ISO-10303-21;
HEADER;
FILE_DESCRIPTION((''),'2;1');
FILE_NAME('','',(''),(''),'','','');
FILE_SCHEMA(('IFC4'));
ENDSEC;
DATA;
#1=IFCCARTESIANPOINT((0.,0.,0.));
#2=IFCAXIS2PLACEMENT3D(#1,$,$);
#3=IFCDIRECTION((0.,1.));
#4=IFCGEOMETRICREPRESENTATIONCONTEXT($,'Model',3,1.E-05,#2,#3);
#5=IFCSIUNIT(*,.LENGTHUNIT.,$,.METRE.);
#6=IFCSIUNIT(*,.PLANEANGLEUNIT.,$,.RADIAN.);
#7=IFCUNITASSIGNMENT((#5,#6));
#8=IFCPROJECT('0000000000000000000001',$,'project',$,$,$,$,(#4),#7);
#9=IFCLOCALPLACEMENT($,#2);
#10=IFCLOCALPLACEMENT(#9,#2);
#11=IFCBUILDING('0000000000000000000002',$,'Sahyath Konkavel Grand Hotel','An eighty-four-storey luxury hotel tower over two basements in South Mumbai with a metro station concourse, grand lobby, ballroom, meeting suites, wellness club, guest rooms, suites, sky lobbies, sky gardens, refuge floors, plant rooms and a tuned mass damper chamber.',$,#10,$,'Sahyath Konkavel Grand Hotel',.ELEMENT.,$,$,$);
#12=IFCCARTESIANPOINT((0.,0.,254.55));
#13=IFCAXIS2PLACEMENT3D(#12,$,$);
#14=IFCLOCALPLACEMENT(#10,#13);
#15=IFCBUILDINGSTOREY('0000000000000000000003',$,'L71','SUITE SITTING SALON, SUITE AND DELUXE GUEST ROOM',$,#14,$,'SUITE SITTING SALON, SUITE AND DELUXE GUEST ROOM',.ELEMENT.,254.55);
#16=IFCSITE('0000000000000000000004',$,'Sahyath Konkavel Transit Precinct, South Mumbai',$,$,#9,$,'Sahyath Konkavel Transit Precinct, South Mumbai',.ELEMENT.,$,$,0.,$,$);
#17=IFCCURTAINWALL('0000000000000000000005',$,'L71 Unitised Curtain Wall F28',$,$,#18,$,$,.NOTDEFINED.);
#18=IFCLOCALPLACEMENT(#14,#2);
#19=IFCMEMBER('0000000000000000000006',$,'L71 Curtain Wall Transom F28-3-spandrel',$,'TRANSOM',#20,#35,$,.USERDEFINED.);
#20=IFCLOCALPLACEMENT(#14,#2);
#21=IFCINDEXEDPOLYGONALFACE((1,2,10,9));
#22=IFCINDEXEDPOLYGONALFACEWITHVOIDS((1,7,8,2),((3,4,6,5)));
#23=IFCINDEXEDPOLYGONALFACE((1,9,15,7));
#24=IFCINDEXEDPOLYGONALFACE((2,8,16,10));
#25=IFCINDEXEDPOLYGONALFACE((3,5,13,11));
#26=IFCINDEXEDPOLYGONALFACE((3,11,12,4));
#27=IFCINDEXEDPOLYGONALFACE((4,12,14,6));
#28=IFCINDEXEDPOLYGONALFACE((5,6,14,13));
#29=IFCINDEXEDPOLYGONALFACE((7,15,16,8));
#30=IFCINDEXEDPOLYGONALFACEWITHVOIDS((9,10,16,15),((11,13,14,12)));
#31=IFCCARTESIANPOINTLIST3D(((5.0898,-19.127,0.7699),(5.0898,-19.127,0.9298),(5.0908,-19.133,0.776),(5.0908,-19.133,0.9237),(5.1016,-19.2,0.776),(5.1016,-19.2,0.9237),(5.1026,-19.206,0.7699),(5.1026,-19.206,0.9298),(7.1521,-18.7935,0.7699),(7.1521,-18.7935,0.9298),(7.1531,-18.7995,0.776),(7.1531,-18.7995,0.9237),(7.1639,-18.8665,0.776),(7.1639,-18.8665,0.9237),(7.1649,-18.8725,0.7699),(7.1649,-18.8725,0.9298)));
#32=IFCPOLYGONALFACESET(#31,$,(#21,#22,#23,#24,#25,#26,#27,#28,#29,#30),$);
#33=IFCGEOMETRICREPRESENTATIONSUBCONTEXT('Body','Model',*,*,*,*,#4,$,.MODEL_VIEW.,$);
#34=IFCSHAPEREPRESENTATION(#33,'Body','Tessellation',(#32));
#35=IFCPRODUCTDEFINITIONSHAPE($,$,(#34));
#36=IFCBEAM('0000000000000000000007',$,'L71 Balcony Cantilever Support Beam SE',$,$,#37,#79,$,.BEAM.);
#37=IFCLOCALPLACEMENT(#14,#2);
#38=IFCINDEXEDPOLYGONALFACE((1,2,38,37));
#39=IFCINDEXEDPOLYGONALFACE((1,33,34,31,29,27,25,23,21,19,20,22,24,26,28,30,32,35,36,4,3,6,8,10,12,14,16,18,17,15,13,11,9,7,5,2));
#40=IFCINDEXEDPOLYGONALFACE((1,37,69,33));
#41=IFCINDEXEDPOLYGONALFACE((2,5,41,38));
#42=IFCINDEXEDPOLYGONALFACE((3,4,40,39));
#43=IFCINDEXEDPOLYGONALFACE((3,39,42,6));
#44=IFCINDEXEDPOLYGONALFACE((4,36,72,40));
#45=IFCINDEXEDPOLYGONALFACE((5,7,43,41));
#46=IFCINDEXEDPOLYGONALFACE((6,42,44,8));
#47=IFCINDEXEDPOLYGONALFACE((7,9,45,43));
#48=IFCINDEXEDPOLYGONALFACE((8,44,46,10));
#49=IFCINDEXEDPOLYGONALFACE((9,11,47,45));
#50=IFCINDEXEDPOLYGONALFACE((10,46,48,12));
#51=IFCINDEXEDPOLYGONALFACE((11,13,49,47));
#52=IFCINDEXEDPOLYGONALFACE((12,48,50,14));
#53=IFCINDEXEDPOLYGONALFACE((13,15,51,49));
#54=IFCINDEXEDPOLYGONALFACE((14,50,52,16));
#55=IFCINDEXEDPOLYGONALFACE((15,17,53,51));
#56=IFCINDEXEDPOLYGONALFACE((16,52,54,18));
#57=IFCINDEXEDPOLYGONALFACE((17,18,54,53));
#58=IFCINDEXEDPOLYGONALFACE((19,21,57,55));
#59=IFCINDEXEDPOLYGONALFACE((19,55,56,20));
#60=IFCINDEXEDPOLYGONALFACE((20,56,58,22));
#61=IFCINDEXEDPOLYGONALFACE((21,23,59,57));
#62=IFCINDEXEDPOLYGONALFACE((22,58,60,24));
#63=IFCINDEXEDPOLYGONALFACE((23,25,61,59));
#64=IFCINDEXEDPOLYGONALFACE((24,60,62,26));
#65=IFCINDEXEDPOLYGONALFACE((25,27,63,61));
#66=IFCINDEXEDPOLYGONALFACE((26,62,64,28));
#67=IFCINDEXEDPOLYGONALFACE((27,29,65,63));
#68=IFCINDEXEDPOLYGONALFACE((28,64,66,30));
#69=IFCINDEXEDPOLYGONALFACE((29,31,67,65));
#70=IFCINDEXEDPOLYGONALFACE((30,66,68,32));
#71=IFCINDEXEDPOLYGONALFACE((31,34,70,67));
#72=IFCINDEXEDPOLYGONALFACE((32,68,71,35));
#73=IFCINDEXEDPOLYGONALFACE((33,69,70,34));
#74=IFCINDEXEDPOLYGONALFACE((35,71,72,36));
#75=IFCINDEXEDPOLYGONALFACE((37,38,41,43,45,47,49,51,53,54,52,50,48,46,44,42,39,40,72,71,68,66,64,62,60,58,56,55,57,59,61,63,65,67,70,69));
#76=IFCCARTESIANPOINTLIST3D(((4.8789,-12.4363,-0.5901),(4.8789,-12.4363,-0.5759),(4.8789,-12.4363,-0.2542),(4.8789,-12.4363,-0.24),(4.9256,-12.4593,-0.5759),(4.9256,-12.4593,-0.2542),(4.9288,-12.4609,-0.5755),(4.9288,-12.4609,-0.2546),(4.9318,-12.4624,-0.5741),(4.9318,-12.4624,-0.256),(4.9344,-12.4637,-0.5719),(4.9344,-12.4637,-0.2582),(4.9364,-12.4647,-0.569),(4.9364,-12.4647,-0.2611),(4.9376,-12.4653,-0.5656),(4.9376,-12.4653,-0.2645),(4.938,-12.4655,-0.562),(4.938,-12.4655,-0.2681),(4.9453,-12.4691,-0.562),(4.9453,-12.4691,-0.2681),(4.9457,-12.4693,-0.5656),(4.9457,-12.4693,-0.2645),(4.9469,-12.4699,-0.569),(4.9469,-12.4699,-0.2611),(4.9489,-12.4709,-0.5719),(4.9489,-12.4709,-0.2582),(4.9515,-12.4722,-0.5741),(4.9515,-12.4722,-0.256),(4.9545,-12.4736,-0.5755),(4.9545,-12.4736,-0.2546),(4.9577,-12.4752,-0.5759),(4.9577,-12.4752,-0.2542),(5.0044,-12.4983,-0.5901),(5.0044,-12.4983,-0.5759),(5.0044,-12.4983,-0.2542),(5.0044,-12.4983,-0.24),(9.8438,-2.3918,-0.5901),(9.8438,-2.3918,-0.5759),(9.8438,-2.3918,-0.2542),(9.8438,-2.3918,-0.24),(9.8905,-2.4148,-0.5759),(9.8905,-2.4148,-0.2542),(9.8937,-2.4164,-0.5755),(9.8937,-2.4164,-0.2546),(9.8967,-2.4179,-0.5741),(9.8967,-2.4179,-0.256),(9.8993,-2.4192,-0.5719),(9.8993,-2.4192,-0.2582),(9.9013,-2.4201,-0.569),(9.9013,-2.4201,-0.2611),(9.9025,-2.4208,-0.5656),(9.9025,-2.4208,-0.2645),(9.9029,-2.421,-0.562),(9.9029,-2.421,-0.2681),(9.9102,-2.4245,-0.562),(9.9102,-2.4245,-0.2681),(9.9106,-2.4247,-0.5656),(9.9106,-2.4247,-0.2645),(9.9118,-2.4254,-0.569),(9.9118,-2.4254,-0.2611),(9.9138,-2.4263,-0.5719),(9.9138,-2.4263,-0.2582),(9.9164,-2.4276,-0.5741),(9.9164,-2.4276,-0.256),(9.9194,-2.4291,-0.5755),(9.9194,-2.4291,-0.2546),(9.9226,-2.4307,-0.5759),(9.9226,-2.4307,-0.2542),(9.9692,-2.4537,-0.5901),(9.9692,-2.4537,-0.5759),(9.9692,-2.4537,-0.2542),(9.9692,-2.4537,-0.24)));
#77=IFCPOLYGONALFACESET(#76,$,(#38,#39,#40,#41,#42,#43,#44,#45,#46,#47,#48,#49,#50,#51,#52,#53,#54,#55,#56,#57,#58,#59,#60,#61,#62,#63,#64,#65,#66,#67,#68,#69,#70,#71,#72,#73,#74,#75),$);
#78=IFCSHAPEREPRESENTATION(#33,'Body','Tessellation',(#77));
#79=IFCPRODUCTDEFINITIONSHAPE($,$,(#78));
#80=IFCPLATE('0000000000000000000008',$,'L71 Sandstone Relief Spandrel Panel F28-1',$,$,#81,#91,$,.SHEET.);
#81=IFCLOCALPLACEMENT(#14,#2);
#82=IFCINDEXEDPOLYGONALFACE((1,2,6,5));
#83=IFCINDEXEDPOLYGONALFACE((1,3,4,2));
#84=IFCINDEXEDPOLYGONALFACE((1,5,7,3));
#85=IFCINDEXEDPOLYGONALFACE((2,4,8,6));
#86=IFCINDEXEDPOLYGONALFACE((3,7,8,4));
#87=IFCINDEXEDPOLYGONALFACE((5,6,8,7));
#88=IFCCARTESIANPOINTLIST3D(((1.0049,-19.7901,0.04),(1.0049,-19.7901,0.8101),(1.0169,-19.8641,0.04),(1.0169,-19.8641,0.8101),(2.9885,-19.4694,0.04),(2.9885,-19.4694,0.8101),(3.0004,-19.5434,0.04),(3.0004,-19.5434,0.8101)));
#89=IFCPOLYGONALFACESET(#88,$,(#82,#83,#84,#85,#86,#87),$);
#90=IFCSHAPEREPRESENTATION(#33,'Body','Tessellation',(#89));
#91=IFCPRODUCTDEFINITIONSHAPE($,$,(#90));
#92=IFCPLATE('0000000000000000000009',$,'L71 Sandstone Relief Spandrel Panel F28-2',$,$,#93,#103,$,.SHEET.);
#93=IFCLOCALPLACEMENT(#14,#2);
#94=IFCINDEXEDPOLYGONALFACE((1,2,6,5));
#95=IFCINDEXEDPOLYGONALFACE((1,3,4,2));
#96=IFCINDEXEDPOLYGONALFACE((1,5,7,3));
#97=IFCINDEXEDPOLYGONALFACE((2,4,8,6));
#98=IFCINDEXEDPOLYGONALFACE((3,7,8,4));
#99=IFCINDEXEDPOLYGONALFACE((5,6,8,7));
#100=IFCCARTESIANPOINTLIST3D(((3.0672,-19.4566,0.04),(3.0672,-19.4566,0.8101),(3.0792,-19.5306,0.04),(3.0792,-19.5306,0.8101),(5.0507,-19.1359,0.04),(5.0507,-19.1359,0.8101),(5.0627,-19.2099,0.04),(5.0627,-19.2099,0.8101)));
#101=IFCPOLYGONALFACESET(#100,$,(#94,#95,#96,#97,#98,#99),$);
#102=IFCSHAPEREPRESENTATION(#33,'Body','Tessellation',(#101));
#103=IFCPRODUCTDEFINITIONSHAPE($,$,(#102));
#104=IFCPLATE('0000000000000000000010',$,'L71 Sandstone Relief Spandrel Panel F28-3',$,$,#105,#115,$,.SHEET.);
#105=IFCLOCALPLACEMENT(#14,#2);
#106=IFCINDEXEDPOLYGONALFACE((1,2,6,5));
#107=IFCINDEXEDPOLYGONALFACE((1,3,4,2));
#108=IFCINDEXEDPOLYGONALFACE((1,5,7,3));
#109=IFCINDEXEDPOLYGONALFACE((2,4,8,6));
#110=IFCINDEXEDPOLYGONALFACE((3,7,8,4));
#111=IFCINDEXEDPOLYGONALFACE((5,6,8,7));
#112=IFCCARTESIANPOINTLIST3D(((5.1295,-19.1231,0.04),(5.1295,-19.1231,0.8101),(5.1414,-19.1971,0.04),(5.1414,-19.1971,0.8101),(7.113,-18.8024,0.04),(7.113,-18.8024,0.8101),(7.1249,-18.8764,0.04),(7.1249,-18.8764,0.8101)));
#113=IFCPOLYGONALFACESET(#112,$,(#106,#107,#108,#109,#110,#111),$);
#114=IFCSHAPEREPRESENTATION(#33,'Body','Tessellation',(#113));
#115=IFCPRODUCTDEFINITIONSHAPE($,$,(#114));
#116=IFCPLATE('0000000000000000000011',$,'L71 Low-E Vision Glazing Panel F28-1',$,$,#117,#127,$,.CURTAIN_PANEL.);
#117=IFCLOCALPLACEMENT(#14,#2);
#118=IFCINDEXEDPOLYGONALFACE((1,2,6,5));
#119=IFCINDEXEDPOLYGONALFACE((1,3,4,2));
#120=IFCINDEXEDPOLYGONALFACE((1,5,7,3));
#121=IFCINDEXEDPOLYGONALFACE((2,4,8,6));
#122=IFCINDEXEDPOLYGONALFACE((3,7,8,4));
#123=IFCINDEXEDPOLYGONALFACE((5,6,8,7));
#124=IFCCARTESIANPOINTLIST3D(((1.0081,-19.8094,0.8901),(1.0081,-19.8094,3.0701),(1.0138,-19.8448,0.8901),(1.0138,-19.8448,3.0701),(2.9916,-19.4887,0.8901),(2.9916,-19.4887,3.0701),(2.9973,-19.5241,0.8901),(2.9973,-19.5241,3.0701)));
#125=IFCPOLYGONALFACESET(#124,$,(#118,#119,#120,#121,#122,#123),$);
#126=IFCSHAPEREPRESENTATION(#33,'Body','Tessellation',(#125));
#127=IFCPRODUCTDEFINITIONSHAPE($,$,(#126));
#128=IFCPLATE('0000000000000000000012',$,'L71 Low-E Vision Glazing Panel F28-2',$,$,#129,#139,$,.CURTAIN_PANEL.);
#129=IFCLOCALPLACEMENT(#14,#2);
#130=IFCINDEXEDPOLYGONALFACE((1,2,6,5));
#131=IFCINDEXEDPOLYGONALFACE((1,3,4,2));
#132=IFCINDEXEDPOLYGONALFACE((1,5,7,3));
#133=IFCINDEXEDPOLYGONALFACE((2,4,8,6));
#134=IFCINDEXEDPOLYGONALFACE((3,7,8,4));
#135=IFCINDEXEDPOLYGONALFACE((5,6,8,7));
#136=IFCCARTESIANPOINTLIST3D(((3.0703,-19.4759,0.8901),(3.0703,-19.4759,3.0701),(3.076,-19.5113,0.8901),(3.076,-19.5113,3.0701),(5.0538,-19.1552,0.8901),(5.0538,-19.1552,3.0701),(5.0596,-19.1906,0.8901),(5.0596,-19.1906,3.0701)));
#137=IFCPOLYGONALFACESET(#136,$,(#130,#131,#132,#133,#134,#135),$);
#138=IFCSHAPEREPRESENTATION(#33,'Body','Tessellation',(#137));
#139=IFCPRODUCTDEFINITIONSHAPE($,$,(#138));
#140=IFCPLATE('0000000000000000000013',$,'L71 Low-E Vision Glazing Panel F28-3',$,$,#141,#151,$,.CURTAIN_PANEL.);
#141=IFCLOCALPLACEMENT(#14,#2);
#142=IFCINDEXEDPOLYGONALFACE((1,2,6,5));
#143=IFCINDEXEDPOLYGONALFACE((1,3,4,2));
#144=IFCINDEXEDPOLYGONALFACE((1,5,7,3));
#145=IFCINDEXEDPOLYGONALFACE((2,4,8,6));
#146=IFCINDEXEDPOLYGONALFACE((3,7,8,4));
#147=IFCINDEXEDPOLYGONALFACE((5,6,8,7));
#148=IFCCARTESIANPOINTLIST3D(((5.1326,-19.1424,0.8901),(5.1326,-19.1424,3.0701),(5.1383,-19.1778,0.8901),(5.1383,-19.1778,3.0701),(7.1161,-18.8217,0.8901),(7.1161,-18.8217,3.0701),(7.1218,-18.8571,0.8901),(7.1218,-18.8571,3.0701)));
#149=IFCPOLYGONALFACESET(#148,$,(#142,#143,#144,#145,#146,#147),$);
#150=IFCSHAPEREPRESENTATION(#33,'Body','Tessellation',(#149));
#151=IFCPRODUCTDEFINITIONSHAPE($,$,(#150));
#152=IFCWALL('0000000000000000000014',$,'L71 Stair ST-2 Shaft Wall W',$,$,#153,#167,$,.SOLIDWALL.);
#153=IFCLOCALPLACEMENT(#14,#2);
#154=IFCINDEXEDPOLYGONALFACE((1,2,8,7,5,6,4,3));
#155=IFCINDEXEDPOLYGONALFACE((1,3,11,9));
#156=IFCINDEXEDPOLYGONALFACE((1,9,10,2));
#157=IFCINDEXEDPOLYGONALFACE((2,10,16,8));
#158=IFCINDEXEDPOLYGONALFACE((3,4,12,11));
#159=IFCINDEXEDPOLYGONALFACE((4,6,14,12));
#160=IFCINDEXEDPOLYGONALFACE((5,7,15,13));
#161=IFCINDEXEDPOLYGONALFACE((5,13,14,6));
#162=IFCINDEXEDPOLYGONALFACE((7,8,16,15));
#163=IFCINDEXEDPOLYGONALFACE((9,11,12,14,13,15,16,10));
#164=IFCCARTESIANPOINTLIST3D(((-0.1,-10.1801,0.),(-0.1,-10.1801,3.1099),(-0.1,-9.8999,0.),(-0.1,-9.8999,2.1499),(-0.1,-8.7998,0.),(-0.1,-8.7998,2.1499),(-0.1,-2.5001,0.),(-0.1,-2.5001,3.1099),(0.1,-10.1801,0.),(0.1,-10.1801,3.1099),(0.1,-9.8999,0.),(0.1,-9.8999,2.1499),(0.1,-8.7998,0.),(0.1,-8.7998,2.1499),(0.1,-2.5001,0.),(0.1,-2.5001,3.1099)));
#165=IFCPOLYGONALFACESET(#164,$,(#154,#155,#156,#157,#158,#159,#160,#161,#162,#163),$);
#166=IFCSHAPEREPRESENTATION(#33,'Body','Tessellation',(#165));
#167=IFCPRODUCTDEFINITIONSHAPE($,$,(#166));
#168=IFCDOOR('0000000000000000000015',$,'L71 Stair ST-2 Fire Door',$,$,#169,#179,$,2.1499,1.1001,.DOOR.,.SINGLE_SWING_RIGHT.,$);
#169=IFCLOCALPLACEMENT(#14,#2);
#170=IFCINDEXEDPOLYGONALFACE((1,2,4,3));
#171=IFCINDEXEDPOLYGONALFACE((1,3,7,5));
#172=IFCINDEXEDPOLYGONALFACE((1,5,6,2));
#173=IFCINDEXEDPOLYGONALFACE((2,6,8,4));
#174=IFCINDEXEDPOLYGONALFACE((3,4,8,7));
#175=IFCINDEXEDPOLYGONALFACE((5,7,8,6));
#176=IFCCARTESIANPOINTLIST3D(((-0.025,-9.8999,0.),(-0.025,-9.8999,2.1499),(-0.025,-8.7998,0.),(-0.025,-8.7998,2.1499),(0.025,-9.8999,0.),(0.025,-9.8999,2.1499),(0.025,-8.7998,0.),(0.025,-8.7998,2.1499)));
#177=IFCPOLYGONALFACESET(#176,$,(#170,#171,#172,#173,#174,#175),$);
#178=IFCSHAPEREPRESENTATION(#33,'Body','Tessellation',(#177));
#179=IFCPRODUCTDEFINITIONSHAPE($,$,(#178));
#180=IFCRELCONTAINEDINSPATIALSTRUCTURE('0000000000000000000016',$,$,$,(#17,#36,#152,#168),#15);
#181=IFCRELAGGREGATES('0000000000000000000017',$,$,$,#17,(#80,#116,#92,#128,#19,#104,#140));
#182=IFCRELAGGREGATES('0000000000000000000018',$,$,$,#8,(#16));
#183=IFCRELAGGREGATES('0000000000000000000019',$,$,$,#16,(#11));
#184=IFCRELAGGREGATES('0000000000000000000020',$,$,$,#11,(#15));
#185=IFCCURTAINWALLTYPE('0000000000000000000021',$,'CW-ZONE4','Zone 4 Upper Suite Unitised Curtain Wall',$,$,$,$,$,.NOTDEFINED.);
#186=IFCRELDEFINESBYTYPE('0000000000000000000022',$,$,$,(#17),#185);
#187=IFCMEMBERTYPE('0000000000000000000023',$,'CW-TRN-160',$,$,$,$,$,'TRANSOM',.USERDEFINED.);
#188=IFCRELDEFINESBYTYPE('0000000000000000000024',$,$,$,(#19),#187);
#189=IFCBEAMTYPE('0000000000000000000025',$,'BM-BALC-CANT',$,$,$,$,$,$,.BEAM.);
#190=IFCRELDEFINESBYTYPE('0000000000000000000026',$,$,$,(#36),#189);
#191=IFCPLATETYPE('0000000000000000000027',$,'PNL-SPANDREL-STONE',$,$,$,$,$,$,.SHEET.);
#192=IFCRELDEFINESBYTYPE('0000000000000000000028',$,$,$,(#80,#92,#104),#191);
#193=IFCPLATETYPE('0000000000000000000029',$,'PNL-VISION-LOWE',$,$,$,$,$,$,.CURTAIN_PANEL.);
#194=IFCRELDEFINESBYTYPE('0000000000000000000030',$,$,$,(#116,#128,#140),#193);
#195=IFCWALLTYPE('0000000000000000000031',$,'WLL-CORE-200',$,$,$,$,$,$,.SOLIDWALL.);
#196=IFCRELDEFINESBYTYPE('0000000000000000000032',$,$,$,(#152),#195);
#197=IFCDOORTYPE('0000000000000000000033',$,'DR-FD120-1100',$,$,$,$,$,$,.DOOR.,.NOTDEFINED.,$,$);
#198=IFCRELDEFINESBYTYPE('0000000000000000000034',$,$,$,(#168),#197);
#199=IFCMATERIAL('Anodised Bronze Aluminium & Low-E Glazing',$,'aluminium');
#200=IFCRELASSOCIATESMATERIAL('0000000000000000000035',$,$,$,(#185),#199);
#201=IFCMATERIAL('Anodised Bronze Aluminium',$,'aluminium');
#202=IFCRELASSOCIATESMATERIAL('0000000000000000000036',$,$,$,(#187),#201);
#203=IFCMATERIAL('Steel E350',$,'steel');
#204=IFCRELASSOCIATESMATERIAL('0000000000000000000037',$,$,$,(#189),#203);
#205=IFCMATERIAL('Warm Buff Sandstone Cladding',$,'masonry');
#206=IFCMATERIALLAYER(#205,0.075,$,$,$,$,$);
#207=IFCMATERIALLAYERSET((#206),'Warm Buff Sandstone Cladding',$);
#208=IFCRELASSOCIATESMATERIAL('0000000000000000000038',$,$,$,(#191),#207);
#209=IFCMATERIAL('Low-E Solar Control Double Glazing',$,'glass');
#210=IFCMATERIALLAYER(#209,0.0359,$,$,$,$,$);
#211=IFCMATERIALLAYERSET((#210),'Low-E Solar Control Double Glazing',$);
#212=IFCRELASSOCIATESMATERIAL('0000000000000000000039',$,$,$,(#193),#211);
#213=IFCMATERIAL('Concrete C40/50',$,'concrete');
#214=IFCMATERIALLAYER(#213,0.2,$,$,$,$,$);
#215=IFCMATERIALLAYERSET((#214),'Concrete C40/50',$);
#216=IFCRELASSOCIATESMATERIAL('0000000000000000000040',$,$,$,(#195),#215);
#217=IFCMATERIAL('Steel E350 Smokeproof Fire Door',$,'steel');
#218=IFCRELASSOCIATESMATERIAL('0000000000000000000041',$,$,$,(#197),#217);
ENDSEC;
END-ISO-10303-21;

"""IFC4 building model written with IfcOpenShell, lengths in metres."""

from ifc_helpers import new_model, si_unit, direction, frame, frame_2d, origin, origin_2d, place, context, subcontext, project, spatial, rectangle, hollow_rectangle, i_section, extrude, source, transform, mapped, material, layer, layer_set, material_profile, profile_set, type_object, element, fill, aggregate, save


model = new_model("IFC4")

# Units and contexts
model_context = context("Model", 3, precision=1e-05, world=origin(), true_north=direction((0.0, 1.0)))
body_context = subcontext(model_context, "Body", "Model", "MODEL_VIEW")
ifc_project = project(units=[si_unit("LENGTHUNIT", "METRE"), si_unit("PLANEANGLEUNIT", "RADIAN")], contexts=[model_context])

# Site, building, storey
site_placement = place(None, origin())
site = spatial("IfcSite", under=ifc_project, at=site_placement, Name="Sahyath Konkavel Transit Precinct, South Mumbai", LongName="Sahyath Konkavel Transit Precinct, South Mumbai", CompositionType="ELEMENT", RefElevation=0.0)
building_placement = place(site_placement, origin())
building = spatial("IfcBuilding", under=site, at=building_placement, Name="Sahyath Konkavel Grand Hotel", Description="An eighty-four-storey luxury hotel tower over two basements in South Mumbai with a metro station concourse, grand lobby, ballroom, meeting suites, wellness club, guest rooms, suites, sky lobbies, sky gardens, refuge floors, plant rooms and a tuned mass damper chamber.", LongName="Sahyath Konkavel Grand Hotel", CompositionType="ELEMENT")
storey_placement = place(building_placement, frame((0.0, 0.0, 254.55)))
storey = spatial("IfcBuildingStorey", under=building, at=storey_placement, Name="L71", Description="SUITE SITTING SALON, SUITE AND DELUXE GUEST ROOM", LongName="SUITE SITTING SALON, SUITE AND DELUXE GUEST ROOM", CompositionType="ELEMENT", Elevation=254.55)

# Shared definitions
ifc_material_1 = material(Name="Steel E350", Category="steel")

# Curtain wall, member
ifc_material_2 = material(Name="Anodised Bronze Aluminium & Low-E Glazing", Category="aluminium")
curtain_wall_type = type_object("IfcCurtainWallType", Name="CW-ZONE4", Description="Zone 4 Upper Suite Unitised Curtain Wall", PredefinedType="NOTDEFINED", material=ifc_material_2)
curtain_wall_placement = place(storey_placement, origin())
curtain_wall = element("IfcCurtainWall", 1, at=curtain_wall_placement, inside=storey, type_object=curtain_wall_type, Name="L71 Unitised Curtain Wall F28", PredefinedType="NOTDEFINED")
ifc_material_3 = material(Name="Anodised Bronze Aluminium", Category="aluminium")
ifc_material_profile_1 = material_profile(ifc_material_3, hollow_rectangle(XDim=0.0801, YDim=0.1599, WallThickness=0.0061, at=origin_2d()), Name="RHS 160x80x6")
ifc_profile_set_1 = profile_set([ifc_material_profile_1], Name="Anodised Bronze Aluminium")
member_type_1 = type_object("IfcMemberType", Name="CW-TRN-160", ElementType="TRANSOM", PredefinedType="USERDEFINED", material=ifc_profile_set_1)
shared_shape_1 = source(origin(), body_context, "Body", "SweptSolid", [
    extrude(hollow_rectangle(XDim=0.0801, YDim=0.1599, WallThickness=0.0061, at=origin_2d()), origin(), (0.0, 0.0, 1.0), 2.0891),
])
member_1_placement = place(storey_placement, frame((5.0962, -19.1665, 0.8499), z_axis=(0.987175, 0.15964, 0.0), x_axis=(-0.15964, 0.987175, 0.0)))
member_1 = element("IfcMember", 2, at=member_1_placement, type_object=member_type_1, Name="L71 Curtain Wall Transom F28-3-spandrel", ObjectType="TRANSOM", PredefinedType="USERDEFINED", context=body_context, shape_type="MappedRepresentation", body=[
    mapped(shared_shape_1, transform((0.0, 0.0, 0.0), scale=1.0)),
])

# Beam
ifc_material_profile_2 = material_profile(ifc_material_1, i_section(OverallWidth=0.1399, OverallDepth=0.3501, WebThickness=0.0081, FlangeThickness=0.0142, FilletRadius=0.0139, at=origin_2d()), Name="ISMB 350")
ifc_profile_set_2 = profile_set([ifc_material_profile_2], Name="Steel E350")
beam_type_1 = type_object("IfcBeamType", Name="BM-BALC-CANT", PredefinedType="BEAM", material=ifc_profile_set_2)
shared_shape_2 = source(origin(), body_context, "Body", "SweptSolid", [
    extrude(i_section(OverallWidth=0.1399, OverallDepth=0.3501, WebThickness=0.0081, FlangeThickness=0.0142, FilletRadius=0.0139, at=origin_2d()), origin(), (0.0, 0.0, 1.0), 11.2046),
])
beam_1_placement = place(storey_placement, frame((4.9417, -12.4673, -0.415), z_axis=(0.443112, 0.896466, 0.0), x_axis=(-0.896466, 0.443112, 0.0)))
element("IfcBeam", 3, at=beam_1_placement, inside=storey, type_object=beam_type_1, Name="L71 Balcony Cantilever Support Beam SE", PredefinedType="BEAM", context=body_context, shape_type="MappedRepresentation", body=[
    mapped(shared_shape_2, transform((0.0, 0.0, 0.0), scale=1.0)),
])

# Plates
ifc_material_4 = material(Name="Warm Buff Sandstone Cladding", Category="masonry")
ifc_layer_1 = layer(ifc_material_4, 0.075)
ifc_layer_set_1 = layer_set([ifc_layer_1], Name="Warm Buff Sandstone Cladding")
plate_type_1 = type_object("IfcPlateType", Name="PNL-SPANDREL-STONE", PredefinedType="SHEET", material=ifc_layer_set_1)
shared_shape_3 = source(origin(), body_context, "Body", "SweptSolid", [
    extrude(rectangle(XDim=2.0093, YDim=0.075, at=origin_2d()), origin(), (0.0, 0.0, 1.0), 0.77),
])
plate_1_placement = place(storey_placement, frame((2.0027, -19.6667, 0.04), z_axis=(0.0, 0.0, 1.0), x_axis=(0.987181, 0.159606, 0.0)))
plate_1 = element("IfcPlate", 4, at=plate_1_placement, type_object=plate_type_1, Name="L71 Sandstone Relief Spandrel Panel F28-1", PredefinedType="SHEET", context=body_context, shape_type="MappedRepresentation", body=[
    mapped(shared_shape_3, transform((0.0, 0.0, 0.0), scale=1.0)),
])
plate_2_placement = place(storey_placement, frame((4.0649, -19.3333, 0.04), z_axis=(0.0, 0.0, 1.0), x_axis=(0.987181, 0.159606, 0.0)))
plate_2 = element("IfcPlate", 5, at=plate_2_placement, type_object=plate_type_1, Name="L71 Sandstone Relief Spandrel Panel F28-2", PredefinedType="SHEET", context=body_context, shape_type="MappedRepresentation", body=[
    mapped(shared_shape_3, transform((0.0, 0.0, 0.0), scale=1.0)),
])
plate_3_placement = place(storey_placement, frame((6.1272, -18.9998, 0.04), z_axis=(0.0, 0.0, 1.0), x_axis=(0.987181, 0.159606, 0.0)))
plate_3 = element("IfcPlate", 6, at=plate_3_placement, type_object=plate_type_1, Name="L71 Sandstone Relief Spandrel Panel F28-3", PredefinedType="SHEET", context=body_context, shape_type="MappedRepresentation", body=[
    mapped(shared_shape_3, transform((0.0, 0.0, 0.0), scale=1.0)),
])
ifc_material_5 = material(Name="Low-E Solar Control Double Glazing", Category="glass")
ifc_layer_2 = layer(ifc_material_5, 0.0359)
ifc_layer_set_2 = layer_set([ifc_layer_2], Name="Low-E Solar Control Double Glazing")
plate_type_2 = type_object("IfcPlateType", Name="PNL-VISION-LOWE", PredefinedType="CURTAIN_PANEL", material=ifc_layer_set_2)
shared_shape_4 = source(origin(), body_context, "Body", "SweptSolid", [
    extrude(rectangle(XDim=2.0093, YDim=0.0359, at=origin_2d()), origin(), (0.0, 0.0, 1.0), 2.1799),
])
plate_4_placement = place(storey_placement, frame((2.0027, -19.6667, 0.8901), z_axis=(0.0, 0.0, 1.0), x_axis=(0.987181, 0.159606, 0.0)))
plate_4 = element("IfcPlate", 7, at=plate_4_placement, type_object=plate_type_2, Name="L71 Low-E Vision Glazing Panel F28-1", PredefinedType="CURTAIN_PANEL", context=body_context, shape_type="MappedRepresentation", body=[
    mapped(shared_shape_4, transform((0.0, 0.0, 0.0), scale=1.0)),
])
plate_5_placement = place(storey_placement, frame((4.0649, -19.3333, 0.8901), z_axis=(0.0, 0.0, 1.0), x_axis=(0.987181, 0.159606, 0.0)))
plate_5 = element("IfcPlate", 8, at=plate_5_placement, type_object=plate_type_2, Name="L71 Low-E Vision Glazing Panel F28-2", PredefinedType="CURTAIN_PANEL", context=body_context, shape_type="MappedRepresentation", body=[
    mapped(shared_shape_4, transform((0.0, 0.0, 0.0), scale=1.0)),
])
plate_6_placement = place(storey_placement, frame((6.1272, -18.9998, 0.8901), z_axis=(0.0, 0.0, 1.0), x_axis=(0.987181, 0.159606, 0.0)))
plate_6 = element("IfcPlate", 9, at=plate_6_placement, type_object=plate_type_2, Name="L71 Low-E Vision Glazing Panel F28-3", PredefinedType="CURTAIN_PANEL", context=body_context, shape_type="MappedRepresentation", body=[
    mapped(shared_shape_4, transform((0.0, 0.0, 0.0), scale=1.0)),
])
aggregate(curtain_wall, [plate_1, plate_4, plate_2, plate_5, member_1, plate_3, plate_6])

# Wall, opening, door
ifc_material_6 = material(Name="Concrete C40/50", Category="concrete")
ifc_layer_3 = layer(ifc_material_6, 0.2)
ifc_layer_set_3 = layer_set([ifc_layer_3], Name="Concrete C40/50")
wall_type_1 = type_object("IfcWallType", Name="WLL-CORE-200", PredefinedType="SOLIDWALL", material=ifc_layer_set_3)
wall_1_placement = place(storey_placement, frame((0.0, -10.1799, 0.0), z_axis=(0.0, 0.0, 1.0), x_axis=(0.0, 1.0, 0.0)))
wall_1 = element("IfcWall", 10, at=wall_1_placement, inside=storey, type_object=wall_type_1, Name="L71 Stair ST-2 Shaft Wall W", PredefinedType="SOLIDWALL", context=body_context, shape_type="SweptSolid", body=[
    extrude(rectangle(XDim=7.6799, YDim=0.2, at=frame_2d((3.8398, 0.0))), origin(), (0.0, 0.0, 1.0), 3.1099),
])
opening_1_placement = place(wall_1_placement, frame((0.28, 0.0, 0.0)))
opening_1 = element("IfcOpeningElement", 11, at=opening_1_placement, cuts=wall_1, PredefinedType="OPENING", context=body_context, shape_type="SweptSolid", body=[
    extrude(rectangle(XDim=1.1001, YDim=2.1499, at=frame_2d((0.55, 1.075))), frame((0.0, 0.1099, 0.0), z_axis=(0.0, -1.0, 0.0), x_axis=(1.0, 0.0, 0.0)), (0.0, 0.0, 1.0), 0.22),
])
ifc_material_7 = material(Name="Steel E350 Smokeproof Fire Door", Category="steel")
door_type_1 = type_object("IfcDoorType", Name="DR-FD120-1100", OperationType="NOTDEFINED", PredefinedType="DOOR", material=ifc_material_7)
shared_shape_5 = source(origin(), body_context, "Body", "SweptSolid", [
    extrude(rectangle(XDim=1.1001, YDim=0.05, at=origin_2d()), origin(), (0.0, 0.0, 1.0), 2.1499),
])
door_1_placement = place(opening_1_placement, frame((0.55, 0.0, 0.0)))
door_1 = element("IfcDoor", 12, at=door_1_placement, inside=storey, type_object=door_type_1, Name="L71 Stair ST-2 Fire Door", OperationType="SINGLE_SWING_RIGHT", OverallHeight=2.1499, OverallWidth=1.1001, PredefinedType="DOOR", context=body_context, shape_type="MappedRepresentation", body=[
    mapped(shared_shape_5, transform((0.0, 0.0, 0.0), scale=1.0)),
])
fill(opening_1, door_1)

save(model, "model.ifc")
